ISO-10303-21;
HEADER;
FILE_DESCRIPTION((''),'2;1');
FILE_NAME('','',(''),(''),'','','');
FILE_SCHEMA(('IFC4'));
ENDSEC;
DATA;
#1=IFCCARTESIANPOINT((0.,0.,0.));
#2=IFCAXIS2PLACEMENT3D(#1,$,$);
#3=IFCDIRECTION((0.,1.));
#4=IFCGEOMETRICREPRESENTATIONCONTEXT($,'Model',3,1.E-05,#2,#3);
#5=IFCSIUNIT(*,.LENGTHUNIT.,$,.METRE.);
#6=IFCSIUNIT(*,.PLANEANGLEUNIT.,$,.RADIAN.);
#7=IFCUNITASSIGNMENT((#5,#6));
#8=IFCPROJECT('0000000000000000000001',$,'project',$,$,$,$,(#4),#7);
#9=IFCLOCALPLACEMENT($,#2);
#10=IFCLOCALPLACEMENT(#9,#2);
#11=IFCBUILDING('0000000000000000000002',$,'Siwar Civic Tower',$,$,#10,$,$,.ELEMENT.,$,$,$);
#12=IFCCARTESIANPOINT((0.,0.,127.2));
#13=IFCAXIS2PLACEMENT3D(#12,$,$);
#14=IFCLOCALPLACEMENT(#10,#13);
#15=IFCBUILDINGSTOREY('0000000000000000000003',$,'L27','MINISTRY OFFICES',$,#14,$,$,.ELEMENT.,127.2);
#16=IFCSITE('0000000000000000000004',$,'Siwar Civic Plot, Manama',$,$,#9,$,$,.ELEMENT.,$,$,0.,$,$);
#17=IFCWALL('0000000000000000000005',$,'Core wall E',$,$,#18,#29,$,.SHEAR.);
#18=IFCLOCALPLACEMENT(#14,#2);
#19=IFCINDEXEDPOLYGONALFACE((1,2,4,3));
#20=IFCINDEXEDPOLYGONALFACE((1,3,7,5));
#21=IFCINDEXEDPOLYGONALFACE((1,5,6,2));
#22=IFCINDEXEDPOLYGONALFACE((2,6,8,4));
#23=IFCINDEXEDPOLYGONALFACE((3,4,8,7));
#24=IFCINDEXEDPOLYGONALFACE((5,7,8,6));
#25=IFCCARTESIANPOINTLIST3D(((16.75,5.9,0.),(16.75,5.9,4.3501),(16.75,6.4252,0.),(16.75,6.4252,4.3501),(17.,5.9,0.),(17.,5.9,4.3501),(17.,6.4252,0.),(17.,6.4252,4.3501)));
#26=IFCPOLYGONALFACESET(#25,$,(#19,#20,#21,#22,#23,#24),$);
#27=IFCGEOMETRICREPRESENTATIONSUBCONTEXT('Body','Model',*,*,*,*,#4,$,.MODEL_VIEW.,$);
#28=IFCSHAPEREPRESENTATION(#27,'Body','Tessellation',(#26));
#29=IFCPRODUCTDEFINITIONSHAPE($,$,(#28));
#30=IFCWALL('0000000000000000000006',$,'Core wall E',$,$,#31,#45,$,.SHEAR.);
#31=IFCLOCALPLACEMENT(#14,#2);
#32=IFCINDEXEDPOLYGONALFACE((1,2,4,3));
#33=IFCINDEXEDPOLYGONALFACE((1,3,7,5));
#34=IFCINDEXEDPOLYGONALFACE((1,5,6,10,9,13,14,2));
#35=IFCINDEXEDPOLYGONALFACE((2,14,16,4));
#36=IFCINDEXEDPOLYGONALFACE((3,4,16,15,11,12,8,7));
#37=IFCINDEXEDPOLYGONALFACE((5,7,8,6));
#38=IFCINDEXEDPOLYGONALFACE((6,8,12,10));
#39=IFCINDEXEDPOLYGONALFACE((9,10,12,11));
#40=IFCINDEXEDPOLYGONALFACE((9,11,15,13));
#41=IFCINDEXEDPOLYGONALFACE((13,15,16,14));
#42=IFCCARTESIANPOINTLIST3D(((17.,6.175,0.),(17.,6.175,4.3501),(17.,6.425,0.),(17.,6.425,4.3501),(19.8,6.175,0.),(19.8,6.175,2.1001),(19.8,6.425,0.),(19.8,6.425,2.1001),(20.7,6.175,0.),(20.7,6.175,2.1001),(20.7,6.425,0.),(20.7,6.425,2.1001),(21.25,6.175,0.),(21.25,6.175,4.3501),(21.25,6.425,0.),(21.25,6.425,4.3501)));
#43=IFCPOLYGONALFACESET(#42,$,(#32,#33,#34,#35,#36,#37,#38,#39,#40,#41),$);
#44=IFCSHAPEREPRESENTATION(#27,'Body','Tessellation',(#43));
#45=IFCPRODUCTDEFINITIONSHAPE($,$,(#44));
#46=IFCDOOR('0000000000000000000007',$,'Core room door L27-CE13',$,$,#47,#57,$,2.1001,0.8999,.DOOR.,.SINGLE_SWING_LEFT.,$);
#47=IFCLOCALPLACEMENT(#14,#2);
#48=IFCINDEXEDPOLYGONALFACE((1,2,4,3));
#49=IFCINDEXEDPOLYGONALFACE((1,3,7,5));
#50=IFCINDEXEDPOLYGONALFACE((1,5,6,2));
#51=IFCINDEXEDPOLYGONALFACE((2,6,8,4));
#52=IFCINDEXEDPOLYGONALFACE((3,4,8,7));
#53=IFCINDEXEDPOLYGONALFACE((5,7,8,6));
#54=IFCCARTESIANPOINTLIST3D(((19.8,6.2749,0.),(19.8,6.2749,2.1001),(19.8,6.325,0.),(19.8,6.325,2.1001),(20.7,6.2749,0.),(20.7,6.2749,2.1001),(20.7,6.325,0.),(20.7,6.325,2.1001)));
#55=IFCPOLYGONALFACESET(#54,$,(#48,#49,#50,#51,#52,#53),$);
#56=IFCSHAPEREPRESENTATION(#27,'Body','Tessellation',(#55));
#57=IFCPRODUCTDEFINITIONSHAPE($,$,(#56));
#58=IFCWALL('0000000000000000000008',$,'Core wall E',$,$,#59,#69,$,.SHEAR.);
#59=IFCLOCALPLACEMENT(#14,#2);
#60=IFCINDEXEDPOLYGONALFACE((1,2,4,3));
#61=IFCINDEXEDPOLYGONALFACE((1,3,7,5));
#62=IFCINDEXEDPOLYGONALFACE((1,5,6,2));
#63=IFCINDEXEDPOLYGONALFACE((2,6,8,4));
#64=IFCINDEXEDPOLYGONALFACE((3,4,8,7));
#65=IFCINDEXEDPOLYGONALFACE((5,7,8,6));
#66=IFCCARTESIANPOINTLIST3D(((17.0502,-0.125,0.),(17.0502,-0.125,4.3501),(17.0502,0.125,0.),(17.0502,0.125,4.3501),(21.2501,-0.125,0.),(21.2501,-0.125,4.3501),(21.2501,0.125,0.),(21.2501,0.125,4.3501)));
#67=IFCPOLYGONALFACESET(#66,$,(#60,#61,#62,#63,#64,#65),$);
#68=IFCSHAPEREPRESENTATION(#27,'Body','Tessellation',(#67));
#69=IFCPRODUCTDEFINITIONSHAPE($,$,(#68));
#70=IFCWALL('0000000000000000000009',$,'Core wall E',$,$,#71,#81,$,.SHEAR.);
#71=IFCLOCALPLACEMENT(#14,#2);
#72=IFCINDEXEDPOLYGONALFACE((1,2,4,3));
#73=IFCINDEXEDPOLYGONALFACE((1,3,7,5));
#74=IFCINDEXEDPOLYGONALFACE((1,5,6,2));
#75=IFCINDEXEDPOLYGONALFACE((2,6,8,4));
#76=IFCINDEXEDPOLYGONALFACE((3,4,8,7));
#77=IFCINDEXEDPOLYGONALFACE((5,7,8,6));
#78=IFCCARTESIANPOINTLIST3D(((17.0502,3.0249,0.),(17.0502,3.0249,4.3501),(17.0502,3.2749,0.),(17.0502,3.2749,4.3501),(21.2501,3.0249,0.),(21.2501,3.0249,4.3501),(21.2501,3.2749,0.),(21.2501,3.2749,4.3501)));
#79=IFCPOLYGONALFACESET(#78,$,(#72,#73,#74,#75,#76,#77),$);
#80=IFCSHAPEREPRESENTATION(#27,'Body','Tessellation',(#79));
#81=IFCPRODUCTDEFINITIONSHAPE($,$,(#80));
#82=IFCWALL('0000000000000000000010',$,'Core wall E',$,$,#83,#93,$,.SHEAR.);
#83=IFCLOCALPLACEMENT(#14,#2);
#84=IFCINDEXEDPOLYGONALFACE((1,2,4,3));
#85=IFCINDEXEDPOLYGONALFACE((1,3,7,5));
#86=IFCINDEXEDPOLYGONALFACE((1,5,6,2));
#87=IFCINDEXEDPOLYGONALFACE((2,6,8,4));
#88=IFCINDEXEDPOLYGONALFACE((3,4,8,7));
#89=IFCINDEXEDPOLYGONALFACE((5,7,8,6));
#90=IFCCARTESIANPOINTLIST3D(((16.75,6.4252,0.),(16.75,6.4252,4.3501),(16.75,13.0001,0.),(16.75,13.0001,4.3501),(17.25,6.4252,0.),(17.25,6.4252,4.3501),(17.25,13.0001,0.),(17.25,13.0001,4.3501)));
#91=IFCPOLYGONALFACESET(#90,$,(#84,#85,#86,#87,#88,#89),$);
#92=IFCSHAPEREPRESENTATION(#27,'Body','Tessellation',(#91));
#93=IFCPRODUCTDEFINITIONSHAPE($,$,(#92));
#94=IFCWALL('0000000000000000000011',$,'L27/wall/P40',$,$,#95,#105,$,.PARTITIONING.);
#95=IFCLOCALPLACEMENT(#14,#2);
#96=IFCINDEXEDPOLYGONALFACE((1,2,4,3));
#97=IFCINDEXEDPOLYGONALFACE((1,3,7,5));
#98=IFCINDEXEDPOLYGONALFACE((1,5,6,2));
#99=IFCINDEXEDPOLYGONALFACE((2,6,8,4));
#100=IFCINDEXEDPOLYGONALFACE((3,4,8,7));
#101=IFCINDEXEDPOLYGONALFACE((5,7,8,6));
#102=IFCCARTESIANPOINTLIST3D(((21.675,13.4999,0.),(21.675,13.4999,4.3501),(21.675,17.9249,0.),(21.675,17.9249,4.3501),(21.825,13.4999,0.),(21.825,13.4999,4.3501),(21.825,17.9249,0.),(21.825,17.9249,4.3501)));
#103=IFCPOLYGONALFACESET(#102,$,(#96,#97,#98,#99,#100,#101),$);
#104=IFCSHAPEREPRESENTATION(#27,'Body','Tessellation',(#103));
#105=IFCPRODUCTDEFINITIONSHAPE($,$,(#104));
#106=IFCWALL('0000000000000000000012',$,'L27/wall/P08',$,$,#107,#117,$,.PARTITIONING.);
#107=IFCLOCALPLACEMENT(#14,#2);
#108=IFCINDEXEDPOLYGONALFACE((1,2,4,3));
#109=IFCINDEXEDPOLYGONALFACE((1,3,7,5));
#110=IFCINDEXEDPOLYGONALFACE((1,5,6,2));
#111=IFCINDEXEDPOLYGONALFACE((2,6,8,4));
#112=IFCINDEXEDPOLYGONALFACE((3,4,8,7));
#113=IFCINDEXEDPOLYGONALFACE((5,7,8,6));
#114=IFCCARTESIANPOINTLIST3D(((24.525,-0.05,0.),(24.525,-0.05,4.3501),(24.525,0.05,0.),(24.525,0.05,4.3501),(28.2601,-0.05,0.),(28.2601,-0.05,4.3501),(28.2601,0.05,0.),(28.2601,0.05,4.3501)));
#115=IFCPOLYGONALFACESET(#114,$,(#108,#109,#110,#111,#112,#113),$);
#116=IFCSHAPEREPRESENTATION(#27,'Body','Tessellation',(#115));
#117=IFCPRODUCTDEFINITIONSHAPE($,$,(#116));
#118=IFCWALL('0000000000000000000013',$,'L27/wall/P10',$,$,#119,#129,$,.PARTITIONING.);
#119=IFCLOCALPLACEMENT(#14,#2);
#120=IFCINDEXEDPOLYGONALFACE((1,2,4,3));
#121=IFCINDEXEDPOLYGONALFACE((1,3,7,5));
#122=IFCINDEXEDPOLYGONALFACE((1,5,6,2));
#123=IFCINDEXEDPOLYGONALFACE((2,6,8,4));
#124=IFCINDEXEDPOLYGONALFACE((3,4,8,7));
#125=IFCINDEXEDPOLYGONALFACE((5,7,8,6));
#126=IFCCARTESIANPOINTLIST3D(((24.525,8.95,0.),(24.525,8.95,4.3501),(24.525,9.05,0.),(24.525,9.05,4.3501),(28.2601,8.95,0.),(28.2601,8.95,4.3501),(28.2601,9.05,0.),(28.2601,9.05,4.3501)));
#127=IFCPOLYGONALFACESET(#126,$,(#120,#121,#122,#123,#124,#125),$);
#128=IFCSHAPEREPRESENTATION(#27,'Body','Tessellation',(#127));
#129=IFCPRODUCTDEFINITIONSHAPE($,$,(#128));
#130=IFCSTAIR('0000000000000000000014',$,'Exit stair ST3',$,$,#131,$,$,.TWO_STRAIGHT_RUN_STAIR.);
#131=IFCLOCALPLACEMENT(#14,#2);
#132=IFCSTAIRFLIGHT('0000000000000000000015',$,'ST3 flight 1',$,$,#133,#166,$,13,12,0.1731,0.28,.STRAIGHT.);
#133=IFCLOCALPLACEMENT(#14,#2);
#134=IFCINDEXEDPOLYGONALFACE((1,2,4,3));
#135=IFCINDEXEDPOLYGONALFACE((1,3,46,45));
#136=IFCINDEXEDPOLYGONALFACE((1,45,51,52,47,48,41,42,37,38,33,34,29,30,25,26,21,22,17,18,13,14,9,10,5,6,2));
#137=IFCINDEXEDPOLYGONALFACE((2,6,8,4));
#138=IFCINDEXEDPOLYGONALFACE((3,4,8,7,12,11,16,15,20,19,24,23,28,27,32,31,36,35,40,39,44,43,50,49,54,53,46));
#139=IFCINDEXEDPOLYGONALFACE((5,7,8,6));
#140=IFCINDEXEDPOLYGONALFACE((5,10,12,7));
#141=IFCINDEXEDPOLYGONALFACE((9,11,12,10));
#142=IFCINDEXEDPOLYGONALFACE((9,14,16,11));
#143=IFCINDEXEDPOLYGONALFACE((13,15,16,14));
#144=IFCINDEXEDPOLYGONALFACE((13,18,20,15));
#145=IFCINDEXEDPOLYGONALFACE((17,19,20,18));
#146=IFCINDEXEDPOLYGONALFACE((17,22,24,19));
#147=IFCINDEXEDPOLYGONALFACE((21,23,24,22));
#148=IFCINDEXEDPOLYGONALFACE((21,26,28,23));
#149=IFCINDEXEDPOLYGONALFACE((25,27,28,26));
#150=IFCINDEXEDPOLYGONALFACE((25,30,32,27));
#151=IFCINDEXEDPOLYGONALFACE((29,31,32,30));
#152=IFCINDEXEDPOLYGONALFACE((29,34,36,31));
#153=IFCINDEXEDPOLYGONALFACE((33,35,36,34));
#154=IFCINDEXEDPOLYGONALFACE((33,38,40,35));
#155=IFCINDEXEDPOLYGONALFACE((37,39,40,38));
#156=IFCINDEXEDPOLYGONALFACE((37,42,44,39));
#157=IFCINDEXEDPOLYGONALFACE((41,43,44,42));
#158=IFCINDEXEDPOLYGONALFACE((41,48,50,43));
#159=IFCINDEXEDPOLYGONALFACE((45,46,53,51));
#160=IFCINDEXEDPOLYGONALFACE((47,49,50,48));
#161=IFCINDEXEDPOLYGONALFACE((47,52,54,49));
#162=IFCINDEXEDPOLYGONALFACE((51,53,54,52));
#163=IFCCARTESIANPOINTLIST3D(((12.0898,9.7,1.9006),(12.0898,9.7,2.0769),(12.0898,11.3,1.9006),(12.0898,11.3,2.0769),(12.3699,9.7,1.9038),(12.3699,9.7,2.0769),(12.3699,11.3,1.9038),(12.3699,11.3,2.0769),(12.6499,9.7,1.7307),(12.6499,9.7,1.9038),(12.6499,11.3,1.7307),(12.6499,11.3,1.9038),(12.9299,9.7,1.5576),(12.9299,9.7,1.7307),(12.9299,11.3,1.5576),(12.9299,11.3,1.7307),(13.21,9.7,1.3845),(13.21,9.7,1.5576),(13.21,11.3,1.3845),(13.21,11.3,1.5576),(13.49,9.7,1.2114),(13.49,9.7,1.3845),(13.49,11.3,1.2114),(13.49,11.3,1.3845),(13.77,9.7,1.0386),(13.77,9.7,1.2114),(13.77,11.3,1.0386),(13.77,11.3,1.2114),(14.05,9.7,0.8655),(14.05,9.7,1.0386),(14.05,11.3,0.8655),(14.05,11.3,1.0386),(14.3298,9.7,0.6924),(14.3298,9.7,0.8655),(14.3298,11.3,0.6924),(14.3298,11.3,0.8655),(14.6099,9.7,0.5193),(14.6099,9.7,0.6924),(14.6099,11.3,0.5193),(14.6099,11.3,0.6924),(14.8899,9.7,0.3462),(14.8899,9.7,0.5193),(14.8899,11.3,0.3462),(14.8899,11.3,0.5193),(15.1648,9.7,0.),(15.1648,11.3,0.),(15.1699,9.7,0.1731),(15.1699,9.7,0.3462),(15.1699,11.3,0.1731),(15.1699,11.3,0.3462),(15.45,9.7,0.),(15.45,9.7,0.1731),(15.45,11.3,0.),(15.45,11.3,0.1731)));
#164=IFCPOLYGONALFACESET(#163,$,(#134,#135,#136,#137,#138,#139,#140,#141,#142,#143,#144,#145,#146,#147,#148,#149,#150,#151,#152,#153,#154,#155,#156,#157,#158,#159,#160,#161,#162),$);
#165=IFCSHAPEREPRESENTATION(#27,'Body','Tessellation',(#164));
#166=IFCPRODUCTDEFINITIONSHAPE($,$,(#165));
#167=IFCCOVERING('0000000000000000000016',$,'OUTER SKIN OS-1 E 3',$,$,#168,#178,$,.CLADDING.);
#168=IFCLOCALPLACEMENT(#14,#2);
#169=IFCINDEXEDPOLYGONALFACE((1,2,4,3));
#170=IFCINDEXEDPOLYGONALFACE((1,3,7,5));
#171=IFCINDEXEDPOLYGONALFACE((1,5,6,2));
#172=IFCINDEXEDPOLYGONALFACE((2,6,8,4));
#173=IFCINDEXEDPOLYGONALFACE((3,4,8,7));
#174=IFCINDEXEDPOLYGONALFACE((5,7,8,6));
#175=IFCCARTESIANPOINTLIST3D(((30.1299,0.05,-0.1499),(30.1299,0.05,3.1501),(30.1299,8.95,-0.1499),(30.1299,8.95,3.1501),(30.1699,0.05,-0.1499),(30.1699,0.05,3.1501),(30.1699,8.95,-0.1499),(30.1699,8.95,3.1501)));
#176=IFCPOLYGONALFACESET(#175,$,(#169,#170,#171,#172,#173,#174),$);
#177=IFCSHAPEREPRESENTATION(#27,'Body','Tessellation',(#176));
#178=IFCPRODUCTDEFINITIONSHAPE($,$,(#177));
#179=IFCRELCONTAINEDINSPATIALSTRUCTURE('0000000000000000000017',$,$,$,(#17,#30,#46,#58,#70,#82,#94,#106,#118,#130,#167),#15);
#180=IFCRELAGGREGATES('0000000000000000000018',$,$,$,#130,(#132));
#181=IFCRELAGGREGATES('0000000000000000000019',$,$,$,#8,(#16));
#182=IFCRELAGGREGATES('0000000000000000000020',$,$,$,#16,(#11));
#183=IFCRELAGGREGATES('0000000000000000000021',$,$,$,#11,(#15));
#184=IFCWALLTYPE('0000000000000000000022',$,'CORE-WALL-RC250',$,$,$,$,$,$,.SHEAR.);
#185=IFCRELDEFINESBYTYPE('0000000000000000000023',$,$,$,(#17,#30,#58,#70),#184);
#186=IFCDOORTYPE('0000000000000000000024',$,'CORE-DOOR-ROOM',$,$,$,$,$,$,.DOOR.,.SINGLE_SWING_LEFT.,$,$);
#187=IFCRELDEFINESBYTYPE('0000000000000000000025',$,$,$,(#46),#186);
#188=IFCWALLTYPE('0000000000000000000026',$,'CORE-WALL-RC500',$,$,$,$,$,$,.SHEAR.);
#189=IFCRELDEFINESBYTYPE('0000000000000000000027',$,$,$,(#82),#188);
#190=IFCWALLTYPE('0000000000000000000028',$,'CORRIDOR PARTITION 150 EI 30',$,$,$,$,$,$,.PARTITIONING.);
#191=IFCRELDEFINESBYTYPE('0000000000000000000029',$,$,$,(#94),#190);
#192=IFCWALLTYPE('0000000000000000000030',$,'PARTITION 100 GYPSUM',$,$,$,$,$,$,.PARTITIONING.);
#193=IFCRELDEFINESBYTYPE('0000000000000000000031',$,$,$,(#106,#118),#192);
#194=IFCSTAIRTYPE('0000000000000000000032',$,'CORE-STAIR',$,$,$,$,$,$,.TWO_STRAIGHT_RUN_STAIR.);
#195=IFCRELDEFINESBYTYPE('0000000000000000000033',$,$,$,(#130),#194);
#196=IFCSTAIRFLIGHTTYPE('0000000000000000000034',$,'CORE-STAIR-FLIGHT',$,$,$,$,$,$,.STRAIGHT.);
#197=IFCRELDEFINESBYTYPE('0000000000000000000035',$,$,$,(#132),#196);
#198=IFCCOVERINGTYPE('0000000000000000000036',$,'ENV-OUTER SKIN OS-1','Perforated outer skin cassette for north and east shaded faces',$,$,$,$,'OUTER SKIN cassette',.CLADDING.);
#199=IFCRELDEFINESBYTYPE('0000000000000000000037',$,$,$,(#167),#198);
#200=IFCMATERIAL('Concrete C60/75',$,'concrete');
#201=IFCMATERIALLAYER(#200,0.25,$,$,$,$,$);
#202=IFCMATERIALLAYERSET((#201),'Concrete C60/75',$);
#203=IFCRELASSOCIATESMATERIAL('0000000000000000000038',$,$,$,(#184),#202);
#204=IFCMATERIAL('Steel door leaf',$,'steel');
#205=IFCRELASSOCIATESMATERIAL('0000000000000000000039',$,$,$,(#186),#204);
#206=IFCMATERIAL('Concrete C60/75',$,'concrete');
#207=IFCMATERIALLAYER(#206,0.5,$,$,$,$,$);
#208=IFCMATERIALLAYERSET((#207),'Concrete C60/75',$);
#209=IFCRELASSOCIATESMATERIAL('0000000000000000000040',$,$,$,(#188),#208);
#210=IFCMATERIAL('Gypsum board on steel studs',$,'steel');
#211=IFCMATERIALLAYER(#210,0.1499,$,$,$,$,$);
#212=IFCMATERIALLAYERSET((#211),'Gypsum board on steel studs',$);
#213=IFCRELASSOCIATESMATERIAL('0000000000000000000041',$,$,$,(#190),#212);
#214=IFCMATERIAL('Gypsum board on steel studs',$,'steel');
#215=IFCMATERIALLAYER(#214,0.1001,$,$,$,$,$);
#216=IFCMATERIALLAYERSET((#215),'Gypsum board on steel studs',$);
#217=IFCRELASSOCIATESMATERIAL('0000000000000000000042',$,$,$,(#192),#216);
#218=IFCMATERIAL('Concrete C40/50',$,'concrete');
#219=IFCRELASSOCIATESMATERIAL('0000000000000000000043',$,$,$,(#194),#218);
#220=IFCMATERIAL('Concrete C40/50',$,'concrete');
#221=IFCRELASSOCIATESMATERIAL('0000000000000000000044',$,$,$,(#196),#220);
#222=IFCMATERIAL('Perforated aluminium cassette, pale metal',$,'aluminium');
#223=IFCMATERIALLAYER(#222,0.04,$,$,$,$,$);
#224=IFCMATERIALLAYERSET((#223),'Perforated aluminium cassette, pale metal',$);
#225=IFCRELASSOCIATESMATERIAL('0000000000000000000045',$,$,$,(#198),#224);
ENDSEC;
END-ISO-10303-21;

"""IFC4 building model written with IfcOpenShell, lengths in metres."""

from ifc_helpers import new_model, si_unit, direction, frame, frame_2d, origin, origin_2d, place, context, subcontext, project, spatial, polyline, rectangle, outline, extrude, material, layer, layer_set, type_object, element, fill, aggregate, save


model = new_model("IFC4")

# Units and contexts
model_context = context("Model", 3, precision=1e-05, world=origin(), true_north=direction((0.0, 1.0)))
body_context = subcontext(model_context, "Body", "Model", "MODEL_VIEW")
ifc_project = project(units=[si_unit("LENGTHUNIT", "METRE"), si_unit("PLANEANGLEUNIT", "RADIAN")], contexts=[model_context])

# Site, building, storey
site_placement = place(None, origin())
site = spatial("IfcSite", under=ifc_project, at=site_placement, Name="Siwar Civic Plot, Manama", CompositionType="ELEMENT", RefElevation=0.0)
building_placement = place(site_placement, origin())
building = spatial("IfcBuilding", under=site, at=building_placement, Name="Siwar Civic Tower", CompositionType="ELEMENT")
storey_placement = place(building_placement, frame((0.0, 0.0, 127.2)))
storey = spatial("IfcBuildingStorey", under=building, at=storey_placement, Name="L27", Description="MINISTRY OFFICES", CompositionType="ELEMENT", Elevation=127.2)

# Wall
ifc_material_1 = material(Name="Concrete C60/75", Category="concrete")
ifc_layer_1 = layer(ifc_material_1, 0.25)
ifc_layer_set_1 = layer_set([ifc_layer_1], Name="Concrete C60/75")
wall_type_1 = type_object("IfcWallType", Name="CORE-WALL-RC250", PredefinedType="SHEAR", material=ifc_layer_set_1)
wall_1_placement = place(storey_placement, frame((16.875, 5.8999, 0.0), z_axis=(0.0, 0.0, 1.0), x_axis=(0.0, 1.0, 0.0)))
element("IfcWall", 1, at=wall_1_placement, inside=storey, type_object=wall_type_1, Name="Core wall E", PredefinedType="SHEAR", context=body_context, shape_type="SweptSolid", body=[
    extrude(rectangle(XDim=0.5251, YDim=0.25, at=frame_2d((0.2627, 0.0))), origin(), (0.0, 0.0, 1.0), 4.3501),
])

# Wall, opening, door
wall_2_placement = place(storey_placement, frame((17.0, 6.3, 0.0), z_axis=(0.0, 0.0, 1.0), x_axis=(1.0, 0.0, 0.0)))
wall_2 = element("IfcWall", 2, at=wall_2_placement, inside=storey, type_object=wall_type_1, Name="Core wall E", PredefinedType="SHEAR", context=body_context, shape_type="SweptSolid", body=[
    extrude(rectangle(XDim=4.25, YDim=0.25, at=frame_2d((2.125, 0.0))), origin(), (0.0, 0.0, 1.0), 4.3501),
])
opening_placement = place(wall_2_placement, frame((2.8, 0.0, 0.0)))
opening = element("IfcOpeningElement", 3, at=opening_placement, cuts=wall_2, PredefinedType="OPENING", context=body_context, shape_type="SweptSolid", body=[
    extrude(rectangle(XDim=0.8999, YDim=2.1001, at=frame_2d((0.45, 1.05))), frame((0.0, 0.135, 0.0), z_axis=(0.0, -1.0, 0.0), x_axis=(1.0, 0.0, 0.0)), (0.0, 0.0, 1.0), 0.27),
])
ifc_material_2 = material(Name="Steel door leaf", Category="steel")
door_type = type_object("IfcDoorType", Name="CORE-DOOR-ROOM", OperationType="SINGLE_SWING_LEFT", PredefinedType="DOOR", material=ifc_material_2)
door_placement = place(opening_placement, origin())
door = element("IfcDoor", 4, at=door_placement, inside=storey, type_object=door_type, Name="Core room door L27-CE13", OperationType="SINGLE_SWING_LEFT", OverallHeight=2.1001, OverallWidth=0.8999, PredefinedType="DOOR", context=body_context, shape_type="SweptSolid", body=[
    extrude(rectangle(XDim=0.8999, YDim=2.1001, at=frame_2d((0.45, 1.05))), frame((0.0, 0.0249, 0.0), z_axis=(0.0, -1.0, 0.0), x_axis=(1.0, 0.0, 0.0)), (0.0, 0.0, 1.0), 0.05),
])
fill(opening, door)

# Walls
for number, where, z_axis, x_axis, name in (
    (5, (17.05, 0.0, 0.0), (0.0, 0.0, 1.0), (1.0, 0.0, 0.0), "Core wall E"),
    (6, (17.05, 3.1499, 0.0), (0.0, 0.0, 1.0), (1.0, 0.0, 0.0), "Core wall E"),
):
    element("IfcWall", number, at=place(storey_placement, frame(where, z_axis=z_axis, x_axis=x_axis)), inside=storey, type_object=wall_type_1, Name=name, PredefinedType="SHEAR", context=body_context, shape_type="SweptSolid", body=[
        extrude(rectangle(XDim=4.2, YDim=0.25, at=frame_2d((2.1001, 0.0))), origin(), (0.0, 0.0, 1.0), 4.3501),
    ])
ifc_material_3 = material(Name="Concrete C60/75", Category="concrete")
ifc_layer_2 = layer(ifc_material_3, 0.5)
ifc_layer_set_2 = layer_set([ifc_layer_2], Name="Concrete C60/75")
wall_type_2 = type_object("IfcWallType", Name="CORE-WALL-RC500", PredefinedType="SHEAR", material=ifc_layer_set_2)
wall_3_placement = place(storey_placement, frame((17.0, 6.425, 0.0), z_axis=(0.0, 0.0, 1.0), x_axis=(0.0, 1.0, 0.0)))
element("IfcWall", 7, at=wall_3_placement, inside=storey, type_object=wall_type_2, Name="Core wall E", PredefinedType="SHEAR", context=body_context, shape_type="SweptSolid", body=[
    extrude(rectangle(XDim=6.575, YDim=0.5, at=frame_2d((3.2876, 0.0))), origin(), (0.0, 0.0, 1.0), 4.3501),
])
ifc_material_4 = material(Name="Gypsum board on steel studs", Category="steel")
ifc_layer_3 = layer(ifc_material_4, 0.1499)
ifc_layer_set_3 = layer_set([ifc_layer_3], Name="Gypsum board on steel studs")
wall_type_3 = type_object("IfcWallType", Name="CORRIDOR PARTITION 150 EI 30", PredefinedType="PARTITIONING", material=ifc_layer_set_3)
wall_4_placement = place(storey_placement, frame((21.75, 13.5, 0.0), z_axis=(0.0, 0.0, 1.0), x_axis=(0.0, 1.0, 0.0)))
element("IfcWall", 8, at=wall_4_placement, inside=storey, type_object=wall_type_3, Name="L27/wall/P40", PredefinedType="PARTITIONING", context=body_context, shape_type="SweptSolid", body=[
    extrude(rectangle(XDim=4.425, YDim=0.1499, at=frame_2d((2.2124, 0.0))), origin(), (0.0, 0.0, 1.0), 4.3501),
])
ifc_material_5 = material(Name="Gypsum board on steel studs", Category="steel")
ifc_layer_4 = layer(ifc_material_5, 0.1001)
ifc_layer_set_4 = layer_set([ifc_layer_4], Name="Gypsum board on steel studs")
wall_type_4 = type_object("IfcWallType", Name="PARTITION 100 GYPSUM", PredefinedType="PARTITIONING", material=ifc_layer_set_4)
for number, where, z_axis, x_axis, name in (
    (9, (24.5249, 0.0, 0.0), (0.0, 0.0, 1.0), (1.0, 0.0, 0.0), "L27/wall/P08"),
    (10, (24.5249, 9.0, 0.0), (0.0, 0.0, 1.0), (1.0, 0.0, 0.0), "L27/wall/P10"),
):
    element("IfcWall", number, at=place(storey_placement, frame(where, z_axis=z_axis, x_axis=x_axis)), inside=storey, type_object=wall_type_4, Name=name, PredefinedType="PARTITIONING", context=body_context, shape_type="SweptSolid", body=[
        extrude(rectangle(XDim=3.7351, YDim=0.1001, at=frame_2d((1.8677, 0.0))), origin(), (0.0, 0.0, 1.0), 4.3501),
    ])

# Stair, stair flight
ifc_material_6 = material(Name="Concrete C40/50", Category="concrete")
stair_type = type_object("IfcStairType", Name="CORE-STAIR", PredefinedType="TWO_STRAIGHT_RUN_STAIR", material=ifc_material_6)
stair_placement = place(storey_placement, origin())
stair = element("IfcStair", 11, at=stair_placement, inside=storey, type_object=stair_type, Name="Exit stair ST3", PredefinedType="TWO_STRAIGHT_RUN_STAIR")
ifc_material_7 = material(Name="Concrete C40/50", Category="concrete")
stair_flight_type = type_object("IfcStairFlightType", Name="CORE-STAIR-FLIGHT", PredefinedType="STRAIGHT", material=ifc_material_7)
stair_flight_placement = place(storey_placement, frame((15.45, 10.5, 0.0), z_axis=(0.0, 0.0, 1.0), x_axis=(-1.0, 0.0, 0.0)))
stair_flight = element("IfcStairFlight", 12, at=stair_flight_placement, type_object=stair_flight_type, Name="ST3 flight 1", NumberOfRisers=13, NumberOfTreads=12, PredefinedType="STRAIGHT", RiserHeight=0.1731, TreadLength=0.28, context=body_context, shape_type="SweptSolid", body=[
    extrude(outline(polyline([(0.0, 0.0), (0.0, 0.1731), (0.28, 0.1731), (0.28, 0.3462), (0.5601, 0.3462), (0.5601, 0.5193), (0.8401, 0.5193), (0.8401, 0.6924), (1.1201, 0.6924), (1.1201, 0.8655), (1.3999, 0.8655), (1.3999, 1.0386), (1.6799, 1.0386), (1.6799, 1.2114), (1.96, 1.2114), (1.96, 1.3845), (2.24, 1.3845), (2.24, 1.5576), (2.52, 1.5576), (2.52, 1.7307), (2.8, 1.7307), (2.8, 1.9038), (3.0801, 1.9038), (3.0801, 2.0769), (3.3601, 2.0769), (3.3601, 2.25), (3.3601, 1.9006), (0.2852, 0.0), (0.0, 0.0)])), frame((0.0, 0.8, 0.0), z_axis=(0.0, -1.0, 0.0), x_axis=(1.0, 0.0, 0.0)), (0.0, 0.0, 1.0), 1.6001),
])
aggregate(stair, [stair_flight])

# Covering
ifc_material_8 = material(Name="Perforated aluminium cassette, pale metal", Category="aluminium")
ifc_layer_5 = layer(ifc_material_8, 0.04)
ifc_layer_set_5 = layer_set([ifc_layer_5], Name="Perforated aluminium cassette, pale metal")
covering_type = type_object("IfcCoveringType", Name="ENV-OUTER SKIN OS-1", Description="Perforated outer skin cassette for north and east shaded faces", ElementType="OUTER SKIN cassette", PredefinedType="CLADDING", material=ifc_layer_set_5)
covering_placement = place(storey_placement, frame((30.1499, 4.5, -0.1499), z_axis=(0.0, 0.0, 1.0), x_axis=(0.0, 1.0, 0.0)))
element("IfcCovering", 13, at=covering_placement, inside=storey, type_object=covering_type, Name="OUTER SKIN OS-1 E 3", PredefinedType="CLADDING", context=body_context, shape_type="SweptSolid", body=[
    extrude(rectangle(XDim=8.8999, YDim=0.04, at=origin_2d()), origin(), (0.0, 0.0, 1.0), 3.3),
])

save(model, "model.ifc")
